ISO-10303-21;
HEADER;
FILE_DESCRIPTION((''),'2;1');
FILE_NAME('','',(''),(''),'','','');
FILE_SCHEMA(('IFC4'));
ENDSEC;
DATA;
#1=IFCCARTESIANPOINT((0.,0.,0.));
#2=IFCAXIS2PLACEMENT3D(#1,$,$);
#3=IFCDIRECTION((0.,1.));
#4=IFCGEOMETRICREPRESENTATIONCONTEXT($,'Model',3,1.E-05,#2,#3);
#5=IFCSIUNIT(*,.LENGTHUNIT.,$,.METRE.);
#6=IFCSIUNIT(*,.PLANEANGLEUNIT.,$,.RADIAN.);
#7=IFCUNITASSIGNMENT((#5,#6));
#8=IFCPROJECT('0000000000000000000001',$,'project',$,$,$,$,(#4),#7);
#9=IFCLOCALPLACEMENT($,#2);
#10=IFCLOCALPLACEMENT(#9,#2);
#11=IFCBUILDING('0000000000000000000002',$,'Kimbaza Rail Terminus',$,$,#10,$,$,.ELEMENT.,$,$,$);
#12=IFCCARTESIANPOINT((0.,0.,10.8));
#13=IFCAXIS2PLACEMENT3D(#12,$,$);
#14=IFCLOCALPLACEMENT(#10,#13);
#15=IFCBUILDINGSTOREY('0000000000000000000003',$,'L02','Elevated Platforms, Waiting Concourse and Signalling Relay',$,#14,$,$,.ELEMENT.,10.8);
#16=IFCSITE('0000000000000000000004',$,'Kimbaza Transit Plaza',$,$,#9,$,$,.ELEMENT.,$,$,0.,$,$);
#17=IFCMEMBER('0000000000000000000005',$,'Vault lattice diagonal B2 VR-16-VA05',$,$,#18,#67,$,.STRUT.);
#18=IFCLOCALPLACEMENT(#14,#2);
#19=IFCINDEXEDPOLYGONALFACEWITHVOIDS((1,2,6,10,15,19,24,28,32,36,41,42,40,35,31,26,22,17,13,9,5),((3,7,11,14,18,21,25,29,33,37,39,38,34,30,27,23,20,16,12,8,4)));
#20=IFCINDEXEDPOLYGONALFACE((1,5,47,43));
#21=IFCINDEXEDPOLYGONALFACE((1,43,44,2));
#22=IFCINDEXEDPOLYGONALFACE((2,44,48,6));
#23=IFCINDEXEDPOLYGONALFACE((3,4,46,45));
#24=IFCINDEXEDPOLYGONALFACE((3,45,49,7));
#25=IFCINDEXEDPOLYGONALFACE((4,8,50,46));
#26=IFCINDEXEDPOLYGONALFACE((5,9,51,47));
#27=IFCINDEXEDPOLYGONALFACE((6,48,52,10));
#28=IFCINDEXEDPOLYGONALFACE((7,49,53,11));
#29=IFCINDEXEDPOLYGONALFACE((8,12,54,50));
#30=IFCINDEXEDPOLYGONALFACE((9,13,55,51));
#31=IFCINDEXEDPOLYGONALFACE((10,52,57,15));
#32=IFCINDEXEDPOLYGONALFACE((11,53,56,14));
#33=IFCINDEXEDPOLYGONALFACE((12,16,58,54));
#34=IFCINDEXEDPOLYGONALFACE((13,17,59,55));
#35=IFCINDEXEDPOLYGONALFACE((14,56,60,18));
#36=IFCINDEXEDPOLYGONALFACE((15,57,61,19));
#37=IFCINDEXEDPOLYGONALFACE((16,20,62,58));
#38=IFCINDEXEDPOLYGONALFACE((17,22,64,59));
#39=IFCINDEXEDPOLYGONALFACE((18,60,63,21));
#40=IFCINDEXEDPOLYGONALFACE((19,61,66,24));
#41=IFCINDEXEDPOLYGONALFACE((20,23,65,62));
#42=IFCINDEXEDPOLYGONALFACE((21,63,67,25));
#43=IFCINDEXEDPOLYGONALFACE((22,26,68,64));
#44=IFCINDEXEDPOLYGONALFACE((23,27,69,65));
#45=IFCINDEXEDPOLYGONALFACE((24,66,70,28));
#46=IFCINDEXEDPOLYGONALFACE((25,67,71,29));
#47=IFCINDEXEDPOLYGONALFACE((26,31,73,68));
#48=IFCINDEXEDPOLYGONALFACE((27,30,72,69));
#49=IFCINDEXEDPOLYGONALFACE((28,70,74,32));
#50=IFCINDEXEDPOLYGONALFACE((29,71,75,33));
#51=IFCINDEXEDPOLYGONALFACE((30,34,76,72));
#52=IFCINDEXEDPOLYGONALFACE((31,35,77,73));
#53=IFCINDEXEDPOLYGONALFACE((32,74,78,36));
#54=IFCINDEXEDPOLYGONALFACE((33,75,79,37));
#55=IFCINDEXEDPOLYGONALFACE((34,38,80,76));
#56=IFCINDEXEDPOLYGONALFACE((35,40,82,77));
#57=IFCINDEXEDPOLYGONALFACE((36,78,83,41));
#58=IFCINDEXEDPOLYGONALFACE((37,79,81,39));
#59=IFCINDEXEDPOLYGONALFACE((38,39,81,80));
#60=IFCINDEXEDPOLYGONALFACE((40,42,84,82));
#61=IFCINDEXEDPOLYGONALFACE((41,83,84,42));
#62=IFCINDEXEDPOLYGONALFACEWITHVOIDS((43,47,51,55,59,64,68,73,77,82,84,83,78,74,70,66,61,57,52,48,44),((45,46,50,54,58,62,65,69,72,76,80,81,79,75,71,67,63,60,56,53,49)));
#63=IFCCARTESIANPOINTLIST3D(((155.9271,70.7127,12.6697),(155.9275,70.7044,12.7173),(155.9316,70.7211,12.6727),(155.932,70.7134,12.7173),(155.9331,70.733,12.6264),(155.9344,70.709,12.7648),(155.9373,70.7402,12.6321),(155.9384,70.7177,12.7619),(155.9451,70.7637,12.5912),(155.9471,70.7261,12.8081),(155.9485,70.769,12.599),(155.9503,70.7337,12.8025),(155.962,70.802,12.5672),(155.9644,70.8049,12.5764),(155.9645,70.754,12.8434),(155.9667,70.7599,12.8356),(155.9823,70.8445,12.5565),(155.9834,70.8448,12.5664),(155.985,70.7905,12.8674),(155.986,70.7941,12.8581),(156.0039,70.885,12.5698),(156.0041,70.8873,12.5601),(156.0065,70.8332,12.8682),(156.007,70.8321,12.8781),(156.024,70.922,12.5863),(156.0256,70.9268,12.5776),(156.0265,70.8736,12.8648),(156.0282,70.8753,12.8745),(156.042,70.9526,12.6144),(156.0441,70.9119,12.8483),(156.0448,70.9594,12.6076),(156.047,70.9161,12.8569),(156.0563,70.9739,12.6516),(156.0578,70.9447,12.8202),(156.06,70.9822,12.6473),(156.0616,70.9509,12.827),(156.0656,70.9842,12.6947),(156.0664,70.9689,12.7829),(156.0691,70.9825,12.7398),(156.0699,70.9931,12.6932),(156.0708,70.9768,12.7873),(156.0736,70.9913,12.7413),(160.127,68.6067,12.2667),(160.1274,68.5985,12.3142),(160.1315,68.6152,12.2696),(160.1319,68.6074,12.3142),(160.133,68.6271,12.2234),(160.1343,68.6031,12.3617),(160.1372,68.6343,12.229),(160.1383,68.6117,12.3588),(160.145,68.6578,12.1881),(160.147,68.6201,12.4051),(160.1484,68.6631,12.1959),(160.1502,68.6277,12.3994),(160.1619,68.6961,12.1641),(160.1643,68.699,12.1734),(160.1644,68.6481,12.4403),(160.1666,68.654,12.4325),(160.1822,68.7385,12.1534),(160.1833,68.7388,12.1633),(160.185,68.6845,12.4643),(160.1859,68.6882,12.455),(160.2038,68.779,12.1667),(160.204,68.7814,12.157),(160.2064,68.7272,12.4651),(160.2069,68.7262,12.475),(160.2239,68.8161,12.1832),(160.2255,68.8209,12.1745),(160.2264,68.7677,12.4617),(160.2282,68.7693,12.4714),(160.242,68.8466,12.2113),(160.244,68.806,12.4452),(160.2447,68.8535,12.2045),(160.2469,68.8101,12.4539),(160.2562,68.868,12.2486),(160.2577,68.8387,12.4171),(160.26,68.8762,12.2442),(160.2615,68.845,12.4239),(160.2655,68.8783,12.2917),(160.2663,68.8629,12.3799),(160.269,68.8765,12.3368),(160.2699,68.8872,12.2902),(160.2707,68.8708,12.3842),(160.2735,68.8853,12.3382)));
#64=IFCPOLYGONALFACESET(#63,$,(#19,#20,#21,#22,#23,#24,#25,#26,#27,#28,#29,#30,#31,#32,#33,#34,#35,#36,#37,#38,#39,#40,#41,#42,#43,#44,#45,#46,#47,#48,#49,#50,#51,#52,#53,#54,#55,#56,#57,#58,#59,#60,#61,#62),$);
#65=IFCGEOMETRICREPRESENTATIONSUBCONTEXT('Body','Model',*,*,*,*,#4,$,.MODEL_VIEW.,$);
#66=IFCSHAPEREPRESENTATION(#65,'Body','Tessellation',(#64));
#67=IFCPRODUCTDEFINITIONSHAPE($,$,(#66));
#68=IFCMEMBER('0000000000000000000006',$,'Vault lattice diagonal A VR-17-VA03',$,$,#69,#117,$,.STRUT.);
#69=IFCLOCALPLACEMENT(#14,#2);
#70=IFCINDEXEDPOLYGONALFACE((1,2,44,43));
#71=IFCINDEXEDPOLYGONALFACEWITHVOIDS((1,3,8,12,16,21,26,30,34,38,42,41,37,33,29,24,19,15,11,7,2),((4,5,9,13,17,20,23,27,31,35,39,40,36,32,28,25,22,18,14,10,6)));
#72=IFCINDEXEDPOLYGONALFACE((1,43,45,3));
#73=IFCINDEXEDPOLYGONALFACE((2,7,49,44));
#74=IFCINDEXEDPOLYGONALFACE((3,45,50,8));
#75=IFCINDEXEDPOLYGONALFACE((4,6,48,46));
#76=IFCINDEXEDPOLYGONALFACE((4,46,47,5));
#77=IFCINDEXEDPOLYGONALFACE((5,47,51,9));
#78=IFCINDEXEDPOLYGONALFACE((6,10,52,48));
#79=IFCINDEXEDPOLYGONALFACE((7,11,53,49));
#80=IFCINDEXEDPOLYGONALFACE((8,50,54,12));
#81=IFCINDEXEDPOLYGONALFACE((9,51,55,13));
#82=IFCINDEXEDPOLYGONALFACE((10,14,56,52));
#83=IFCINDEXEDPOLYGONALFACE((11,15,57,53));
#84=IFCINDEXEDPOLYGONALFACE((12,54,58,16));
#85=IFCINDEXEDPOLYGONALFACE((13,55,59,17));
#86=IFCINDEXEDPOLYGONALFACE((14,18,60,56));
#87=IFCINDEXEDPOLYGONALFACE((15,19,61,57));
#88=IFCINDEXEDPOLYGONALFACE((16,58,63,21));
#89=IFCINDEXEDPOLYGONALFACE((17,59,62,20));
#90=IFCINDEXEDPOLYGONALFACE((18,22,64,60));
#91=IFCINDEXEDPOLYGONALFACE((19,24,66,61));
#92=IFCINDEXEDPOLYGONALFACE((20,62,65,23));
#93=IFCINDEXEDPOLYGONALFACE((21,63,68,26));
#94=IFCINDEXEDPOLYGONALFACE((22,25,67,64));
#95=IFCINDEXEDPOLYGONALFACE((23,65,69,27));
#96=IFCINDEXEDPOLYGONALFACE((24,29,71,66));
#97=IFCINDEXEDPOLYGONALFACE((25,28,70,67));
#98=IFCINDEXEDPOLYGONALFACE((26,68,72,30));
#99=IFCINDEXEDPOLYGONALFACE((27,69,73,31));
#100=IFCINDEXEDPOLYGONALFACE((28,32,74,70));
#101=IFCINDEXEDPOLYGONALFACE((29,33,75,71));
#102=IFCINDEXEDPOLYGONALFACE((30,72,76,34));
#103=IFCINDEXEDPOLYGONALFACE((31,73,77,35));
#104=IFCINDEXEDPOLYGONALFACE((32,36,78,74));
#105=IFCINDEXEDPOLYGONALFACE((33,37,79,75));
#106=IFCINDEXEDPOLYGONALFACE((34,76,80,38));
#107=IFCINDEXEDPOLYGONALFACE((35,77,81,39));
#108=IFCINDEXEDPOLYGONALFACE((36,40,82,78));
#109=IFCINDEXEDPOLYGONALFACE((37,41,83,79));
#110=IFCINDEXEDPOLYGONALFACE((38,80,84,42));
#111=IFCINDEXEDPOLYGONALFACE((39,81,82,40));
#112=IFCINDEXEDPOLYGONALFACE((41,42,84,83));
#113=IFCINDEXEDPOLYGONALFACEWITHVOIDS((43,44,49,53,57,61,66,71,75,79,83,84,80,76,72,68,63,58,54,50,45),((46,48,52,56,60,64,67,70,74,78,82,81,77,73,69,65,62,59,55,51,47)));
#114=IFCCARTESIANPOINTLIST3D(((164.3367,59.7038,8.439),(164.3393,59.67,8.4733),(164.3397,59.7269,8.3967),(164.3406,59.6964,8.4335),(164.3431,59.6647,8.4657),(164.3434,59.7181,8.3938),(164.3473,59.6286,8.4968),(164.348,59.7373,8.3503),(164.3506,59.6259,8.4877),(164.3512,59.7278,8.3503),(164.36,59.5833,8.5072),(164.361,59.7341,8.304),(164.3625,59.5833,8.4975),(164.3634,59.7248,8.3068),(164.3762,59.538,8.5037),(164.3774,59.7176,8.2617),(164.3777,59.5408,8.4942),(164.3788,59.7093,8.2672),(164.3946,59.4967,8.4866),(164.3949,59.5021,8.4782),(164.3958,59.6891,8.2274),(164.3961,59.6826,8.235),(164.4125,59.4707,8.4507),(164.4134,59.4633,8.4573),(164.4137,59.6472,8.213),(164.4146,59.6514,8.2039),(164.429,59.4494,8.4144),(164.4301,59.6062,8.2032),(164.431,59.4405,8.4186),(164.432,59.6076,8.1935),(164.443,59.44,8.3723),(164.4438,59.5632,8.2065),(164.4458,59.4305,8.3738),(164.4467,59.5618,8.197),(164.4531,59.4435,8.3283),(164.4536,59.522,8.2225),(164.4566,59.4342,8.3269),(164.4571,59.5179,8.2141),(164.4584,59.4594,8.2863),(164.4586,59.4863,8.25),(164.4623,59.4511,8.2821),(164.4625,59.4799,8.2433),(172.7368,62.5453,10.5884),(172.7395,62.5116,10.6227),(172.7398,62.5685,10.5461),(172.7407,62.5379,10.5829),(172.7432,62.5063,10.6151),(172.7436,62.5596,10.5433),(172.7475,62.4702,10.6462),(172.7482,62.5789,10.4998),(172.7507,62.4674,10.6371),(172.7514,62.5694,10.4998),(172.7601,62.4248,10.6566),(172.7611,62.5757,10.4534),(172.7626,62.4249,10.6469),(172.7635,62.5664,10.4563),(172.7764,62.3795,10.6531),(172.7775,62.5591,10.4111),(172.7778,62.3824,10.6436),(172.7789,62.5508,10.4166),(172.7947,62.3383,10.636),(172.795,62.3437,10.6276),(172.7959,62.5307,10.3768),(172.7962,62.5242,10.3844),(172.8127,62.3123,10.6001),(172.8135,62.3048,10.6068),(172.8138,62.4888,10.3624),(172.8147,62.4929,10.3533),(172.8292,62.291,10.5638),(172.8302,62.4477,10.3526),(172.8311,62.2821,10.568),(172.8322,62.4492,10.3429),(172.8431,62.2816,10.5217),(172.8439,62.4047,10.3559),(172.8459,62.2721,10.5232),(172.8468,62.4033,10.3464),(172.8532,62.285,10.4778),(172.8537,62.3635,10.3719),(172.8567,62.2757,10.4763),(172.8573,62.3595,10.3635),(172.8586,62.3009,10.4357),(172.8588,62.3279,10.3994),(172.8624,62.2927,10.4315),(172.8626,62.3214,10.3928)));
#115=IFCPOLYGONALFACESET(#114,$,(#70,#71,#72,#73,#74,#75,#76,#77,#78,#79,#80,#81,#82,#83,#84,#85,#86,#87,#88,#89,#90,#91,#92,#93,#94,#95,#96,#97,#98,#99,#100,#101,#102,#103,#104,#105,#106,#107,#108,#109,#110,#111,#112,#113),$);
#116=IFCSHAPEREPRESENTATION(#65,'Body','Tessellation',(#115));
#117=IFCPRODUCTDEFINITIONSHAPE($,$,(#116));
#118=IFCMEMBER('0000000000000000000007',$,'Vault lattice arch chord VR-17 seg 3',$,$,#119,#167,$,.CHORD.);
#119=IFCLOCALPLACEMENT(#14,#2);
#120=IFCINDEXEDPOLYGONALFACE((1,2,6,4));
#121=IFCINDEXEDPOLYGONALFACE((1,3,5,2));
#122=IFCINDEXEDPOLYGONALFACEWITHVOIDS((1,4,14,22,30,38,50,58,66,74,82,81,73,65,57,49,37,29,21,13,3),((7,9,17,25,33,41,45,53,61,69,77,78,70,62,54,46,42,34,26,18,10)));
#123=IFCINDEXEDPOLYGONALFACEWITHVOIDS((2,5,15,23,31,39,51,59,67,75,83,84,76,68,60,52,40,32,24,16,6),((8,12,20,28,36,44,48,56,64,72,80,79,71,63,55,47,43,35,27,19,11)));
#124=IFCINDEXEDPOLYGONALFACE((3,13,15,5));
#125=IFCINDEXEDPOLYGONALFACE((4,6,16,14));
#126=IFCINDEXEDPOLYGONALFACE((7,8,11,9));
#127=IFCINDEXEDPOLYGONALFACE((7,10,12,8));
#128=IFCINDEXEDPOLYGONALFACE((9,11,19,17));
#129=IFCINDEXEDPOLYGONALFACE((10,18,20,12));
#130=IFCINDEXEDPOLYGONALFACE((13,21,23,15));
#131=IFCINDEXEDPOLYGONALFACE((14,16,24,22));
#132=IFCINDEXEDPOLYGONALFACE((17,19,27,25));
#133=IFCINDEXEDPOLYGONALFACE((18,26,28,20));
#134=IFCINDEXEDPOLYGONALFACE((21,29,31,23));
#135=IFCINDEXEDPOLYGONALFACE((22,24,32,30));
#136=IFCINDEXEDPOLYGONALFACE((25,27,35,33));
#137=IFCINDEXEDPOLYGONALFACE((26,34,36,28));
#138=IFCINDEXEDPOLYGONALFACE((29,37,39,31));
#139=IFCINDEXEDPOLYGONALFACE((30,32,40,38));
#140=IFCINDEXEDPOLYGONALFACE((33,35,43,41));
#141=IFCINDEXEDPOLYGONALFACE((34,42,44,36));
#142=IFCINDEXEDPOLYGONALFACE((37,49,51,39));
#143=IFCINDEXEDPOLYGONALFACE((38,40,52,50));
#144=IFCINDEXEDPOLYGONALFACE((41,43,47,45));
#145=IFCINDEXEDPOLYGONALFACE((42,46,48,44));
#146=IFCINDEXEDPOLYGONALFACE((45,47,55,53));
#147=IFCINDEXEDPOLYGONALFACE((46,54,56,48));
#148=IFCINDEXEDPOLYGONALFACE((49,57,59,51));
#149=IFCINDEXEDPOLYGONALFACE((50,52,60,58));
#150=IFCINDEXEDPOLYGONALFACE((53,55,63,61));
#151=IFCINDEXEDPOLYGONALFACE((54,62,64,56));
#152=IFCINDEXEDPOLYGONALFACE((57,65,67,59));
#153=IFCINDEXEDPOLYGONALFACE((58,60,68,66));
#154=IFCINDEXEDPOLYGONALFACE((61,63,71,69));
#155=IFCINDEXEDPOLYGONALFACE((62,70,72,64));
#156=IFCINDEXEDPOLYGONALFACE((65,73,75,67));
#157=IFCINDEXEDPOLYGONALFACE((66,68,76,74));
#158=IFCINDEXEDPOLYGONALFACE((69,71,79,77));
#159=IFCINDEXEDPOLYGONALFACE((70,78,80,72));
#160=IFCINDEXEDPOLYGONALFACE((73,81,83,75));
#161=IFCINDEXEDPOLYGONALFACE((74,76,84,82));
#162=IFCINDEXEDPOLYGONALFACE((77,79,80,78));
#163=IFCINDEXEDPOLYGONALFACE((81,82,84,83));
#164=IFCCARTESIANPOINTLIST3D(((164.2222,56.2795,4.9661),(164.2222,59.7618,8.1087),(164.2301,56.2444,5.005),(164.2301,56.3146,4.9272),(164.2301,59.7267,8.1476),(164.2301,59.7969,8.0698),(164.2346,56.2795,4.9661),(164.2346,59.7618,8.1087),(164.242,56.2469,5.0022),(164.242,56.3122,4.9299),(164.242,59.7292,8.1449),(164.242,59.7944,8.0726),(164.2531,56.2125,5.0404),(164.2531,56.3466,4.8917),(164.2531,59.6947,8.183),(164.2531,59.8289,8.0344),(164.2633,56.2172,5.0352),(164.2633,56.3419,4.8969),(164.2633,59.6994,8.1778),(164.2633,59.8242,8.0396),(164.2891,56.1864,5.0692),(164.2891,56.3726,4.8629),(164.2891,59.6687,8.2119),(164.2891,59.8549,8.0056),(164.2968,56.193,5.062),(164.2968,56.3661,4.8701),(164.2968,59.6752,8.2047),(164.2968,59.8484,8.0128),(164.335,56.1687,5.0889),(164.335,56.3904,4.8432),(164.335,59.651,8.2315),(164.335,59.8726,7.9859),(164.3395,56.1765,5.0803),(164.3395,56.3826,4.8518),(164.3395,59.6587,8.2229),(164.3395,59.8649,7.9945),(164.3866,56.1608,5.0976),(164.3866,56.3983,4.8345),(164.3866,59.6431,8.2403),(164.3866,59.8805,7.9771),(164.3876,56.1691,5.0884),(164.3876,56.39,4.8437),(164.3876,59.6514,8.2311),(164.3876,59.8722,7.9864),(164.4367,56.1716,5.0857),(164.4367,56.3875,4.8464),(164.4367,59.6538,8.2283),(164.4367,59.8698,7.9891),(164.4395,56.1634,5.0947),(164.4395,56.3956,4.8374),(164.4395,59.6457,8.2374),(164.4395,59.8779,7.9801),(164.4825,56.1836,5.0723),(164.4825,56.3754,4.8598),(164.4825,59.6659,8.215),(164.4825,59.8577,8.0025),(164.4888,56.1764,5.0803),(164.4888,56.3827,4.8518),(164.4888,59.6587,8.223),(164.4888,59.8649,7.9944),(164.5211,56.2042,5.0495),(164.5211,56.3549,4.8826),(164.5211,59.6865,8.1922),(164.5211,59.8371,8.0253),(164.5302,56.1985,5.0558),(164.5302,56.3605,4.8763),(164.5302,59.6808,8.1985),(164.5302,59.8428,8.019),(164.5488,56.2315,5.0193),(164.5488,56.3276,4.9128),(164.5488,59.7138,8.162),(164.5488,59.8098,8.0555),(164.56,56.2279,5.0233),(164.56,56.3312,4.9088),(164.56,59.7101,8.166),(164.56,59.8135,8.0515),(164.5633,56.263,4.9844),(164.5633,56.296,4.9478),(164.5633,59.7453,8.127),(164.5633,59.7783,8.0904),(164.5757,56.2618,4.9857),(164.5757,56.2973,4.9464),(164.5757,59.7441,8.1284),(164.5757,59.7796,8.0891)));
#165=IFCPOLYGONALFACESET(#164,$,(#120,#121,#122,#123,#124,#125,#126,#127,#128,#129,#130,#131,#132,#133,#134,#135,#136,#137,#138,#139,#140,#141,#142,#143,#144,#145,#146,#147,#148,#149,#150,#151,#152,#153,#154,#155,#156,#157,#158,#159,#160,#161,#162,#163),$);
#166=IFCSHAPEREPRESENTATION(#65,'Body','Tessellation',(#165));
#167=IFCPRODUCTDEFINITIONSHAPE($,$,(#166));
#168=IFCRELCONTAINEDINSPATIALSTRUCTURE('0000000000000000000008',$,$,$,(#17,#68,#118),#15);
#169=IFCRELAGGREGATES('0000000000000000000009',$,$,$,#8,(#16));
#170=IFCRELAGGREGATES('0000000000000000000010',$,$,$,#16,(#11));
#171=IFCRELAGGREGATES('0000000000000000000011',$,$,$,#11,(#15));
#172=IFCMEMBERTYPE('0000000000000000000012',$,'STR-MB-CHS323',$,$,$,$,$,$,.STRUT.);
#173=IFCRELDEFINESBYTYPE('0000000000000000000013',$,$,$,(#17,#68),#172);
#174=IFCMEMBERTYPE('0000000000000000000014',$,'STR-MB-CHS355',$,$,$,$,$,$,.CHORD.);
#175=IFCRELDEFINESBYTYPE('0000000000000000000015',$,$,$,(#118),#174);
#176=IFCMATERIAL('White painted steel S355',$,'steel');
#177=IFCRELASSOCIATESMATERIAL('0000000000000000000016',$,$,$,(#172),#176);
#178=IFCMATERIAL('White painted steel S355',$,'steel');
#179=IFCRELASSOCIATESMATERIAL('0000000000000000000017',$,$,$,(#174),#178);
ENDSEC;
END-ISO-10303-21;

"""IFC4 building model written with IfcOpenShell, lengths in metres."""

from ifc_helpers import new_model, si_unit, direction, frame, origin, origin_2d, place, context, subcontext, project, spatial, hollow_circle, extrude, material, material_profile, profile_set, type_object, element, save


model = new_model("IFC4")

# Units and contexts
model_context = context("Model", 3, precision=1e-05, world=origin(), true_north=direction((0.0, 1.0)))
body_context = subcontext(model_context, "Body", "Model", "MODEL_VIEW")
ifc_project = project(units=[si_unit("LENGTHUNIT", "METRE"), si_unit("PLANEANGLEUNIT", "RADIAN")], contexts=[model_context])

# Site, building, storey
site_placement = place(None, origin())
site = spatial("IfcSite", under=ifc_project, at=site_placement, Name="Kimbaza Transit Plaza", CompositionType="ELEMENT", RefElevation=0.0)
building_placement = place(site_placement, origin())
building = spatial("IfcBuilding", under=site, at=building_placement, Name="Kimbaza Rail Terminus", CompositionType="ELEMENT")
storey_placement = place(building_placement, frame((0.0, 0.0, 10.8)))
storey = spatial("IfcBuildingStorey", under=building, at=storey_placement, Name="L02", Description="Elevated Platforms, Waiting Concourse and Signalling Relay", CompositionType="ELEMENT", Elevation=10.8)

# Members
ifc_material_1 = material(Name="White painted steel S355", Category="steel")
ifc_material_profile_1 = material_profile(ifc_material_1, hollow_circle(Radius=0.1619, WallThickness=0.01, at=origin_2d()), Name="CHS 323.9x10")
ifc_profile_set_1 = profile_set([ifc_material_profile_1], Name="White painted steel S355")
member_type_1 = type_object("IfcMemberType", Name="STR-MB-CHS323", PredefinedType="STRUT", material=ifc_profile_set_1)
member_1_placement = place(storey_placement, frame((160.2, 68.7432, 12.3142), z_axis=(-0.890646, 0.446591, 0.085477), x_axis=(-0.448232, -0.893917, 0.0)))
element("IfcMember", 1, at=member_1_placement, inside=storey, type_object=member_type_1, Name="Vault lattice diagonal B2 VR-16-VA05", PredefinedType="STRUT", context=body_context, shape_type="SweptSolid", body=[
    extrude(hollow_circle(Radius=0.1619, WallThickness=0.01, at=origin_2d()), origin(), (0.0, 0.0, 1.0), 4.7156),
])
member_2_placement = place(storey_placement, frame((164.3999, 59.584, 8.3503), z_axis=(0.920612, 0.311419, 0.235565), x_axis=(-0.320437, 0.94727, 0.0)))
element("IfcMember", 2, at=member_2_placement, inside=storey, type_object=member_type_1, Name="Vault lattice diagonal A VR-17-VA03", PredefinedType="STRUT", context=body_context, shape_type="SweptSolid", body=[
    extrude(hollow_circle(Radius=0.1619, WallThickness=0.01, at=origin_2d()), origin(), (0.0, 0.0, 1.0), 9.1245),
])
ifc_material_2 = material(Name="White painted steel S355", Category="steel")
ifc_material_profile_2 = material_profile(ifc_material_2, hollow_circle(Radius=0.1777, WallThickness=0.0125, at=origin_2d()), Name="CHS 355.6x12.5")
ifc_profile_set_2 = profile_set([ifc_material_profile_2], Name="White painted steel S355")
member_type_2 = type_object("IfcMemberType", Name="STR-MB-CHS355", PredefinedType="CHORD", material=ifc_profile_set_2)
member_3_placement = place(storey_placement, frame((164.3999, 56.2795, 4.9661), z_axis=(0.0, 0.74238, 0.669979), x_axis=(-1.0, 0.0, 0.0)))
element("IfcMember", 3, at=member_3_placement, inside=storey, type_object=member_type_2, Name="Vault lattice arch chord VR-17 seg 3", PredefinedType="CHORD", context=body_context, shape_type="SweptSolid", body=[
    extrude(hollow_circle(Radius=0.1777, WallThickness=0.0125, at=origin_2d()), origin(), (0.0, 0.0, 1.0), 4.6907),
])

save(model, "model.ifc")
